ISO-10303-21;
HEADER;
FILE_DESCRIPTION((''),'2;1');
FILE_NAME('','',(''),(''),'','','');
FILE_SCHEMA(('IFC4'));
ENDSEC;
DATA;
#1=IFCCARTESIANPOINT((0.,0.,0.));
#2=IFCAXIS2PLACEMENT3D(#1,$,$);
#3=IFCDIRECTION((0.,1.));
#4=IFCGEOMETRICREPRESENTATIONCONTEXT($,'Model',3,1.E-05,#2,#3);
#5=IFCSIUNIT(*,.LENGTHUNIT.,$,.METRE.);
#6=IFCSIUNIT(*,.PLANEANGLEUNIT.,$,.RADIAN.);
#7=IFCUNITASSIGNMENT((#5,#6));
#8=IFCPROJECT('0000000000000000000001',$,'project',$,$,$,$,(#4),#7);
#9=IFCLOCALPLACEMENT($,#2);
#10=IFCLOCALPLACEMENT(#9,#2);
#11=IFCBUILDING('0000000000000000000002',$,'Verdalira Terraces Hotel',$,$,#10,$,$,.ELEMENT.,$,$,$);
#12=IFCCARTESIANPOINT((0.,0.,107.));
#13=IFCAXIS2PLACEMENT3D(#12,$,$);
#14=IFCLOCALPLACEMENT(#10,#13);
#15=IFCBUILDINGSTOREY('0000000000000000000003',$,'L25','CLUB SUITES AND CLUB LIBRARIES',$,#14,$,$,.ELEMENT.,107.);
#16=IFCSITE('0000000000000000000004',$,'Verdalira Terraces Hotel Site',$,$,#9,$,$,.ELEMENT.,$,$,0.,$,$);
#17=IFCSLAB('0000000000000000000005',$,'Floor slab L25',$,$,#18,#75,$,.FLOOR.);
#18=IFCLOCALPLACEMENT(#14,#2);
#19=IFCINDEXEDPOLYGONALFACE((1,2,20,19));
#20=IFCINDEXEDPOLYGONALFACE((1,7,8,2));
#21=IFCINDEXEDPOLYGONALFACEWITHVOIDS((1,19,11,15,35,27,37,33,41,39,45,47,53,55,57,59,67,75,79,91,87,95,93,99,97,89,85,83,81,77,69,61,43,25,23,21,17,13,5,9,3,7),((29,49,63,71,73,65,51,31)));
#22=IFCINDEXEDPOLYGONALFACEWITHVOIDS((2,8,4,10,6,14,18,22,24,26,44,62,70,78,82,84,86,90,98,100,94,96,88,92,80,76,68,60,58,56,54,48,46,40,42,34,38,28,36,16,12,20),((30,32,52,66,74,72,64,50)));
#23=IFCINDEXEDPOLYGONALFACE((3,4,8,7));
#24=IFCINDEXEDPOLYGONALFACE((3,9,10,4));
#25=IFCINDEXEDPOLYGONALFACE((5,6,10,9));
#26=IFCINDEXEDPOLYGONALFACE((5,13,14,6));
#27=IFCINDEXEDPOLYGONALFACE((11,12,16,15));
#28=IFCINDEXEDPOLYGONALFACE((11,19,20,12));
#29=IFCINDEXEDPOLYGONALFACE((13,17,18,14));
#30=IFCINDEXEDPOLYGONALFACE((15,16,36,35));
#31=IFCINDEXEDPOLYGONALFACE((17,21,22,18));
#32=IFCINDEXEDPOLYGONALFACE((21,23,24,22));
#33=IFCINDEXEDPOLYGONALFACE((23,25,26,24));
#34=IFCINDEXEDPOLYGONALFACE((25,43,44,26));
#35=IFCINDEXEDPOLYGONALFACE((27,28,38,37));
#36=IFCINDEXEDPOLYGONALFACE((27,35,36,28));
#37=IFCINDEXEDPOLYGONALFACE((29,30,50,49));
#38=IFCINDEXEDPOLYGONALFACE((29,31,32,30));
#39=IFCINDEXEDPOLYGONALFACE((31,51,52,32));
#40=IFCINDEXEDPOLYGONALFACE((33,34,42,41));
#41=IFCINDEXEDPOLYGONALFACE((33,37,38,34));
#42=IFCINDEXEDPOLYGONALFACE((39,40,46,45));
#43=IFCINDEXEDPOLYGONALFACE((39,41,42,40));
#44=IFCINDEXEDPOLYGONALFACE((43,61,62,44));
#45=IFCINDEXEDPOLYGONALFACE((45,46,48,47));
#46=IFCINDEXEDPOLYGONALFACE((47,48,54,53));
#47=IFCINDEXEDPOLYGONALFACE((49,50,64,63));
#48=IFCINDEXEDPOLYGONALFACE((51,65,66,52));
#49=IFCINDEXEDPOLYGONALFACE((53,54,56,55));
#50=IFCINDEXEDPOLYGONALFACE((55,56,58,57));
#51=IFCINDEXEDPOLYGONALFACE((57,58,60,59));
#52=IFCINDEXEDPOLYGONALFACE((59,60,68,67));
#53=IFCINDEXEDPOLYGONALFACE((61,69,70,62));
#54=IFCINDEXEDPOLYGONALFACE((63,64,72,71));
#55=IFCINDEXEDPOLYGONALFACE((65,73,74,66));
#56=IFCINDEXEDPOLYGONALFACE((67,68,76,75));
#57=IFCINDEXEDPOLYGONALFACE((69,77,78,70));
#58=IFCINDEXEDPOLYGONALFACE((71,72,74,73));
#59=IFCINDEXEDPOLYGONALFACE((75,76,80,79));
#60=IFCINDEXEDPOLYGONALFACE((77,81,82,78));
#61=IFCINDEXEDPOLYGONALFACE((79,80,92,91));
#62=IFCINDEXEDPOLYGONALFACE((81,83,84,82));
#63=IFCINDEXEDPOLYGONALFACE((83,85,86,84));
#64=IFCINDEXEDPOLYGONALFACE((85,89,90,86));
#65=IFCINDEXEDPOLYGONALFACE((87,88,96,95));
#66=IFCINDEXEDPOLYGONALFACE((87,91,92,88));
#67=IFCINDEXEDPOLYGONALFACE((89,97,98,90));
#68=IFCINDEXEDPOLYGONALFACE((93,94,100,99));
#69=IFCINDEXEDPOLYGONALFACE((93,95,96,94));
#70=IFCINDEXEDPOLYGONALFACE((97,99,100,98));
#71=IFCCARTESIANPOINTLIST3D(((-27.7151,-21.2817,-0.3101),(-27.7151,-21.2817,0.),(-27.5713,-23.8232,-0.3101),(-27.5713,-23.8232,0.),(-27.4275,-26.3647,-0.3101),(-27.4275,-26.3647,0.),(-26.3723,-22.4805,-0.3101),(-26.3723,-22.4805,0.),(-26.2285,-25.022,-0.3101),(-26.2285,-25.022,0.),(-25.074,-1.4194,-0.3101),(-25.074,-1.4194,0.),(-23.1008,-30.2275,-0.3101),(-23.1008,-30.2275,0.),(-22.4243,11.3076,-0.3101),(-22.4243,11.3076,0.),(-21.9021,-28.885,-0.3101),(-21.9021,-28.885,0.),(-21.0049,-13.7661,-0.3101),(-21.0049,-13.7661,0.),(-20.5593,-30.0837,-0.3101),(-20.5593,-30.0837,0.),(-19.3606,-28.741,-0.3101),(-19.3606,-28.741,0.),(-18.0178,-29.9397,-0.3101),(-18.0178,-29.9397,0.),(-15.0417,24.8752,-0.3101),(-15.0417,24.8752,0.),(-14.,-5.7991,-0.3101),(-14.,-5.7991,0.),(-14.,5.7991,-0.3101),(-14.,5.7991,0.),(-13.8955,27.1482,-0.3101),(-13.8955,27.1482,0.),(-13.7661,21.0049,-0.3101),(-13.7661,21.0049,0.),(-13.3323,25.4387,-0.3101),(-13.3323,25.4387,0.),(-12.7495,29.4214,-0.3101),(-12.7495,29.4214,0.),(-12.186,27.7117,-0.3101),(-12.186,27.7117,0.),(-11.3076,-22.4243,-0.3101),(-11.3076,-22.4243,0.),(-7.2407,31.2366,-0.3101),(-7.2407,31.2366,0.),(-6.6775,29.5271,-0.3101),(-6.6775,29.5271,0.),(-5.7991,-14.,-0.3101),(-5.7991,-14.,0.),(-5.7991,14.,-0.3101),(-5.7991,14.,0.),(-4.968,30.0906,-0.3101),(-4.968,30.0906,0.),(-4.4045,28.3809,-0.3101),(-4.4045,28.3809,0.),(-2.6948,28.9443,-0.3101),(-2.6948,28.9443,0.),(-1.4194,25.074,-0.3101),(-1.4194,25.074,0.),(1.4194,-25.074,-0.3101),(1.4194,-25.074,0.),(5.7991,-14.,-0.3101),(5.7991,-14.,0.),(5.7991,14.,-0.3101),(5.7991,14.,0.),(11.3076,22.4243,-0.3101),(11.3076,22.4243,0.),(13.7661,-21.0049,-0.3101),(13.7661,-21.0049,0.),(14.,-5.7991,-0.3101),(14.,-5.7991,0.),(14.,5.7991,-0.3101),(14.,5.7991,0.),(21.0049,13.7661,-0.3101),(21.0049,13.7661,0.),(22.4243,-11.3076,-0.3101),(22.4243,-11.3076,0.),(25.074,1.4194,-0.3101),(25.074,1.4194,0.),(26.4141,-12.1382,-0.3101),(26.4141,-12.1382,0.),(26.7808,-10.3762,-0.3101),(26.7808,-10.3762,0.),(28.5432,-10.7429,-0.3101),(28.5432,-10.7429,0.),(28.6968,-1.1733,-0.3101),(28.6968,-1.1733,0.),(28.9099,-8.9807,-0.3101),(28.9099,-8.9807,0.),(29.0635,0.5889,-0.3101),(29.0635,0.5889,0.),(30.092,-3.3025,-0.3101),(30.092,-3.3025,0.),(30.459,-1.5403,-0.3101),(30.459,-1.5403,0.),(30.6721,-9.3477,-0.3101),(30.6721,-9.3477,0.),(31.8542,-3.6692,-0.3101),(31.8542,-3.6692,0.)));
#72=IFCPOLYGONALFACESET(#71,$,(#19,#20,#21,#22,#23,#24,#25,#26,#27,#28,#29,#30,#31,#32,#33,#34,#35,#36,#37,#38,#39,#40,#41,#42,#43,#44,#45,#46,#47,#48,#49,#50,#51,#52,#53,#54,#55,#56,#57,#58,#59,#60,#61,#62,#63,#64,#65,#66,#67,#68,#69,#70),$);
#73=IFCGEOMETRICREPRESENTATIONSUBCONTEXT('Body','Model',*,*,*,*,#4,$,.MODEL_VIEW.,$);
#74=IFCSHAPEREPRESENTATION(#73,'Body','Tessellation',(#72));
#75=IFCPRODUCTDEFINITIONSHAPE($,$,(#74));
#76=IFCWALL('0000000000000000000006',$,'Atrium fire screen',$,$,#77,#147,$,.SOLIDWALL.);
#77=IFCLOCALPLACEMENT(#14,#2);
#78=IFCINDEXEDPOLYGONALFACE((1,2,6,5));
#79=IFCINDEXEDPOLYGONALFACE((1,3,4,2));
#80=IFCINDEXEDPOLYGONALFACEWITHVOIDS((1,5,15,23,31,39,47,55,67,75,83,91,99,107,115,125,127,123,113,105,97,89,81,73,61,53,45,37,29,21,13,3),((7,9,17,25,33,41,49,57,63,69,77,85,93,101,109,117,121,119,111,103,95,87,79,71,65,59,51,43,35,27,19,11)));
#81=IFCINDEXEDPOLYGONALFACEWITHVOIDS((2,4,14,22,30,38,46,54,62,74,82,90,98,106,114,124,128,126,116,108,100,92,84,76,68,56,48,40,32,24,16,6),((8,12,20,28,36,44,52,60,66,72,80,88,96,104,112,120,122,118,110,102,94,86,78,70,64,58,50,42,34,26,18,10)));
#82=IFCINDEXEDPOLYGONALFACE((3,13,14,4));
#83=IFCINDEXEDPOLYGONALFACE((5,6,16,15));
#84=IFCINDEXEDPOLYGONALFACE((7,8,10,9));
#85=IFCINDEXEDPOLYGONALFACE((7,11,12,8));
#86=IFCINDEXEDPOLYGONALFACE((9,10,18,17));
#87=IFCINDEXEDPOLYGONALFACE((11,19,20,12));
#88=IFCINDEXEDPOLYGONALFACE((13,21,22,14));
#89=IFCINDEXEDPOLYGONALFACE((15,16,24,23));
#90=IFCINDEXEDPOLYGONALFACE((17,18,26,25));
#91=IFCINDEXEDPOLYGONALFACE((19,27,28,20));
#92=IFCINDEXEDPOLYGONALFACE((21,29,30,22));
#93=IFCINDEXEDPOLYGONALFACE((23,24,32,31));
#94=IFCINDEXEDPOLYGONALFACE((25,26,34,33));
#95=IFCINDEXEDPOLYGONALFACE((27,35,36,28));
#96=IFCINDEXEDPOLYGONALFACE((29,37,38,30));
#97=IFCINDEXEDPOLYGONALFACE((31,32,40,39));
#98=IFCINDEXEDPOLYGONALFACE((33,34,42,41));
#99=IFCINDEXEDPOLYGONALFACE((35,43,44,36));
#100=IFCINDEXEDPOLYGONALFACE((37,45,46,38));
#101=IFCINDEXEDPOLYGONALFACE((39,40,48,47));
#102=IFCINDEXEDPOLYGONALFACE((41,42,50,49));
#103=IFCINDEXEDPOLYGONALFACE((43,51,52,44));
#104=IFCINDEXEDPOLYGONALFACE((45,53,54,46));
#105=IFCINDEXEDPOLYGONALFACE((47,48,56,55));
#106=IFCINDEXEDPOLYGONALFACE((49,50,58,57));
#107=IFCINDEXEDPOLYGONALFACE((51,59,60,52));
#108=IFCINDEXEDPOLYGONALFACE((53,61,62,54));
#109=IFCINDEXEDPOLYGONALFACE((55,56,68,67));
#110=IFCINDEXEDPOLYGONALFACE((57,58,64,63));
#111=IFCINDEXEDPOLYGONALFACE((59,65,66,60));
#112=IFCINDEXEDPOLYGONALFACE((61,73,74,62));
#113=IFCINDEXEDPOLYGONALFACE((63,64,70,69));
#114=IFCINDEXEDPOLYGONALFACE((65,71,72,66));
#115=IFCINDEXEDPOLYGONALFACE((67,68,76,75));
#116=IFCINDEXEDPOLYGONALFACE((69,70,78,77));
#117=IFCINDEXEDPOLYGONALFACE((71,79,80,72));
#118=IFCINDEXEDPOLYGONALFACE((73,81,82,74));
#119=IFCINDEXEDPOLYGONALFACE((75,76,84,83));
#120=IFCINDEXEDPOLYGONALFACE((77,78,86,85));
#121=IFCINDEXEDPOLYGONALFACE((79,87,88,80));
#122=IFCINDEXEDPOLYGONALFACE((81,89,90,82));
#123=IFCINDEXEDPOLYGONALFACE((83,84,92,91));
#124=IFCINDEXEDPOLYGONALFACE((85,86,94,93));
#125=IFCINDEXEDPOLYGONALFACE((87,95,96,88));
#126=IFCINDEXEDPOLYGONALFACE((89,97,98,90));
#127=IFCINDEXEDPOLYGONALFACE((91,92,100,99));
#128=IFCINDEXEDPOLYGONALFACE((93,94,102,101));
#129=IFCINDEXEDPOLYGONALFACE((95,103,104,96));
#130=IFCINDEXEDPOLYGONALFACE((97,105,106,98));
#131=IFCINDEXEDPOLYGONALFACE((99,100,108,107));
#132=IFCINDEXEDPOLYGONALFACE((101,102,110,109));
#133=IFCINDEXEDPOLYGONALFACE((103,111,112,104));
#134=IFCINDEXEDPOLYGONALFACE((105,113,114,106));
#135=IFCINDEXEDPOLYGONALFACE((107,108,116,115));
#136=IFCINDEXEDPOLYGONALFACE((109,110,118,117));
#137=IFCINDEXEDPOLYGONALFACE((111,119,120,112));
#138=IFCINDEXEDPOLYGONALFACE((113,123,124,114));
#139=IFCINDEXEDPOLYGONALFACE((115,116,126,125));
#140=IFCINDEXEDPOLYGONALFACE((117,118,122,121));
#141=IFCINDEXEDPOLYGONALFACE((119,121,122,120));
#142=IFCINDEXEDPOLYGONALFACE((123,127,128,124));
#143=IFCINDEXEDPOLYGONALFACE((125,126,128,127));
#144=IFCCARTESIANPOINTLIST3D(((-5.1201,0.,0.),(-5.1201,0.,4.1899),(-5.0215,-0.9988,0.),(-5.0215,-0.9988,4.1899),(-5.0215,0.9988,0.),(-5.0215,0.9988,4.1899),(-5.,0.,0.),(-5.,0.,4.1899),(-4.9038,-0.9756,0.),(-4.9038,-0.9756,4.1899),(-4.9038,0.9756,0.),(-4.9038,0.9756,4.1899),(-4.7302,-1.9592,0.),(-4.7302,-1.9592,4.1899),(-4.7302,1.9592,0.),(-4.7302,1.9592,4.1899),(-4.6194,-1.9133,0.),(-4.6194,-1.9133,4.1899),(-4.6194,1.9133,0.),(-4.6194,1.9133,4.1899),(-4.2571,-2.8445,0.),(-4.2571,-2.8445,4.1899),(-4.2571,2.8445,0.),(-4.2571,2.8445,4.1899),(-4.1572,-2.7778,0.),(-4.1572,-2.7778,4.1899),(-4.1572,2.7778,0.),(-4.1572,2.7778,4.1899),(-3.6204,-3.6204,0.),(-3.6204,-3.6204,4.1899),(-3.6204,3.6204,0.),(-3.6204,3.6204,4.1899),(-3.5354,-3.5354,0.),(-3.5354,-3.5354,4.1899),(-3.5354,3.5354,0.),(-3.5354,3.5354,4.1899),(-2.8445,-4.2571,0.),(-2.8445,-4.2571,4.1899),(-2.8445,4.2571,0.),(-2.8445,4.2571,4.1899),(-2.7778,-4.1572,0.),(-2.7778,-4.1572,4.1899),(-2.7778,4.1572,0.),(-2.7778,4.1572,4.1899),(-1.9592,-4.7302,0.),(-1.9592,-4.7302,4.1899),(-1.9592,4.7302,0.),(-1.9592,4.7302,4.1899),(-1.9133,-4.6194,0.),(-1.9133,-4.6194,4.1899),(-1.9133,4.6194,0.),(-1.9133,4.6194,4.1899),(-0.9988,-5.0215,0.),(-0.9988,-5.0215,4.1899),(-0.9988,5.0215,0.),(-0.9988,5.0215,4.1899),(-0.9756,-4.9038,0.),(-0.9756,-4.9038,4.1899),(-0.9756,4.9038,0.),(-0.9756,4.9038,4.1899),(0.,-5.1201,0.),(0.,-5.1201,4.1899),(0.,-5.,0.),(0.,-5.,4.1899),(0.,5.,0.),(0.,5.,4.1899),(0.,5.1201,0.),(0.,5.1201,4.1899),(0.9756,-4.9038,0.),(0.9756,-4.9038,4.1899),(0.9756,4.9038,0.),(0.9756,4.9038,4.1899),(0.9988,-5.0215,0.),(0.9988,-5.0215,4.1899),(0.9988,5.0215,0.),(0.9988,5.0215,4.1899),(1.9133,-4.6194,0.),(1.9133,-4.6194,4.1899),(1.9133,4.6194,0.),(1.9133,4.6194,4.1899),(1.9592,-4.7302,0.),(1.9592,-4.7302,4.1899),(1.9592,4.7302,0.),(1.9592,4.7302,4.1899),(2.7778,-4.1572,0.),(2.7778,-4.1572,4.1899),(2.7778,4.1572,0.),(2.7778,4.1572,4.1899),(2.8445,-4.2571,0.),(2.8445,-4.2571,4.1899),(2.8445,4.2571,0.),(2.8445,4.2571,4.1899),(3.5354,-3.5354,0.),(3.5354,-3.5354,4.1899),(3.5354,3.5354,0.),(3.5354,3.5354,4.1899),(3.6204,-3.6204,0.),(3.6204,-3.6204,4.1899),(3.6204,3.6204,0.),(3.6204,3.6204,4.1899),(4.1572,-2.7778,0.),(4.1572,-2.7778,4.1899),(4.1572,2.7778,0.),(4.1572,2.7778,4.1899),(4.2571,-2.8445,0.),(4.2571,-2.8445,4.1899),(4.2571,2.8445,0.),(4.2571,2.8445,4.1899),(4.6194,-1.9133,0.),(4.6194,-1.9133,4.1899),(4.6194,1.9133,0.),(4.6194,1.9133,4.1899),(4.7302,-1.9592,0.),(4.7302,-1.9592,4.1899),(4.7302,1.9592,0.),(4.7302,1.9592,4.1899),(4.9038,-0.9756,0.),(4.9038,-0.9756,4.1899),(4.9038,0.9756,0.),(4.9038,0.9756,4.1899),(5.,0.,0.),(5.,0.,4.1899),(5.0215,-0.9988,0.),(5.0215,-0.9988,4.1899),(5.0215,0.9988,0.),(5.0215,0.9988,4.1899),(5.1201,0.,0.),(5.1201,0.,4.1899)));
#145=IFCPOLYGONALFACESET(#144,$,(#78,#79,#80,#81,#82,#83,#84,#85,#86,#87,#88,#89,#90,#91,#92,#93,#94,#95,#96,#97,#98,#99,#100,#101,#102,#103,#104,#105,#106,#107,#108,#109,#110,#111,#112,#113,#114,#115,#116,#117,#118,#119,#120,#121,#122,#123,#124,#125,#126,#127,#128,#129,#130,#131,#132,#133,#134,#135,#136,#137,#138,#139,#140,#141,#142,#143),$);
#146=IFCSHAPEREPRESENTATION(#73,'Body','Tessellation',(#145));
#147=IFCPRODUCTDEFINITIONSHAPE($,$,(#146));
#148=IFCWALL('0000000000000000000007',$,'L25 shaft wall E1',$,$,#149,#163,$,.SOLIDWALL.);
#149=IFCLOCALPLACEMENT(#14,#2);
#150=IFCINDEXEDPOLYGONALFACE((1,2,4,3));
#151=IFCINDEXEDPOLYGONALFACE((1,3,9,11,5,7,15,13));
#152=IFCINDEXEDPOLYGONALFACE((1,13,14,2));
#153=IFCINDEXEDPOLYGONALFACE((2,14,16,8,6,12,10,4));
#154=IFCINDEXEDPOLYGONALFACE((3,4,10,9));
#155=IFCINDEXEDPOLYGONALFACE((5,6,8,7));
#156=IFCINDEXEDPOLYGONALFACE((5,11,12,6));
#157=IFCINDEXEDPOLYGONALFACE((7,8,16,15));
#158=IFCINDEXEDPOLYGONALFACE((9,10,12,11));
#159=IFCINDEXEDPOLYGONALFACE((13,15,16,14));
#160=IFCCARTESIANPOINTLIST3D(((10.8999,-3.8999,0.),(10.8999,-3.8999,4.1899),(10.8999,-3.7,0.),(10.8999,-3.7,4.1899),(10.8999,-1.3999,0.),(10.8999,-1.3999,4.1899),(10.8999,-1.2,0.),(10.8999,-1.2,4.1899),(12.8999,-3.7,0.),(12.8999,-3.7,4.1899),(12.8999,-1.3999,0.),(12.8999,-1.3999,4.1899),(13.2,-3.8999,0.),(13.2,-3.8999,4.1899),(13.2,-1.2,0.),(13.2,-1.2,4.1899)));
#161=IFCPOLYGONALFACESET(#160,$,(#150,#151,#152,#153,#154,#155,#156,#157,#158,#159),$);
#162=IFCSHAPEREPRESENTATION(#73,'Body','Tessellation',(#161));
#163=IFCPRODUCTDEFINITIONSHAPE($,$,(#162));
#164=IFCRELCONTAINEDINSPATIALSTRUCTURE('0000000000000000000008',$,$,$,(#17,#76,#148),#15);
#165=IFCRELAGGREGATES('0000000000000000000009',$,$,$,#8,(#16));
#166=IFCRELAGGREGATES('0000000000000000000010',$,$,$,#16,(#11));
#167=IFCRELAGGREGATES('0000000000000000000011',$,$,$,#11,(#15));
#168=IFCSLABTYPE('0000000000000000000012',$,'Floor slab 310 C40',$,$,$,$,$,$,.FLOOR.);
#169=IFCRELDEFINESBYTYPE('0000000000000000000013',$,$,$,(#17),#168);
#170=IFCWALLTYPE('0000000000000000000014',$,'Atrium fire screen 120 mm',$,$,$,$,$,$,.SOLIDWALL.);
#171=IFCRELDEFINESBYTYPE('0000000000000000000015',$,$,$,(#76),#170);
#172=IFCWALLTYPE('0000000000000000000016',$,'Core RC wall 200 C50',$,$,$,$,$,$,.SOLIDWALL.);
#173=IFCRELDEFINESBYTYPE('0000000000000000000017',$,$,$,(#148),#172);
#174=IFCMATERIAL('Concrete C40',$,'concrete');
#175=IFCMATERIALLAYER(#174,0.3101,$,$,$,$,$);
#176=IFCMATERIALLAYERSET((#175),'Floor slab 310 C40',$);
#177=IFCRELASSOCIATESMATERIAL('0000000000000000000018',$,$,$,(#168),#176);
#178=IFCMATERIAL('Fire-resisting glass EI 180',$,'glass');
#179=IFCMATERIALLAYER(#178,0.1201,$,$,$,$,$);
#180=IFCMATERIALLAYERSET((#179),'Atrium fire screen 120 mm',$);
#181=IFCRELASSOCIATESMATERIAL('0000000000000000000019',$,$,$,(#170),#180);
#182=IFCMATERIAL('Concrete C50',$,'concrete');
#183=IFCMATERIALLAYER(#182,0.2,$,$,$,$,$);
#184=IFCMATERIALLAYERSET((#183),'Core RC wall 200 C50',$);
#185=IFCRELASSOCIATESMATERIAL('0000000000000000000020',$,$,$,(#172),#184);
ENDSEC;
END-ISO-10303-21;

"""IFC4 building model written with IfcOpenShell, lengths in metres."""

from ifc_helpers import new_model, si_unit, direction, frame, origin, place, context, subcontext, project, spatial, polyline, outline, extrude, material, layer, layer_set, type_object, element, save


model = new_model("IFC4")

# Units and contexts
model_context = context("Model", 3, precision=1e-05, world=origin(), true_north=direction((0.0, 1.0)))
body_context = subcontext(model_context, "Body", "Model", "MODEL_VIEW")
ifc_project = project(units=[si_unit("LENGTHUNIT", "METRE"), si_unit("PLANEANGLEUNIT", "RADIAN")], contexts=[model_context])

# Site, building, storey
site_placement = place(None, origin())
site = spatial("IfcSite", under=ifc_project, at=site_placement, Name="Verdalira Terraces Hotel Site", CompositionType="ELEMENT", RefElevation=0.0)
building_placement = place(site_placement, origin())
building = spatial("IfcBuilding", under=site, at=building_placement, Name="Verdalira Terraces Hotel", CompositionType="ELEMENT")
storey_placement = place(building_placement, frame((0.0, 0.0, 107.0)))
storey = spatial("IfcBuildingStorey", under=building, at=storey_placement, Name="L25", Description="CLUB SUITES AND CLUB LIBRARIES", CompositionType="ELEMENT", Elevation=107.0)

# Slab
ifc_material_1 = material(Name="Concrete C40", Category="concrete")
ifc_layer_1 = layer(ifc_material_1, 0.3101)
ifc_layer_set_1 = layer_set([ifc_layer_1], Name="Floor slab 310 C40")
slab_type_1 = type_object("IfcSlabType", Name="Floor slab 310 C40", PredefinedType="FLOOR", material=ifc_layer_set_1)
slab_1_placement = place(storey_placement, frame((0.0, 0.0, -0.3101)))
element("IfcSlab", 1, at=slab_1_placement, inside=storey, type_object=slab_type_1, Name="Floor slab L25", PredefinedType="FLOOR", context=body_context, shape_type="SweptSolid", body=[
    extrude(outline(polyline([(11.3076, 22.4243), (-1.4194, 25.074), (-2.6948, 28.9443), (-4.4045, 28.3809), (-4.968, 30.0906), (-6.6775, 29.5271), (-7.2407, 31.2366), (-12.7495, 29.4214), (-12.186, 27.7117), (-13.8955, 27.1482), (-13.3323, 25.4387), (-15.0417, 24.8752), (-13.7661, 21.0049), (-22.4243, 11.3076), (-25.074, -1.4194), (-21.0049, -13.7661), (-27.7151, -21.2817), (-26.3723, -22.4805), (-27.5713, -23.8232), (-26.2285, -25.022), (-27.4275, -26.3647), (-23.1008, -30.2275), (-21.9021, -28.885), (-20.5593, -30.0837), (-19.3606, -28.741), (-18.0178, -29.9397), (-11.3076, -22.4243), (1.4194, -25.074), (13.7661, -21.0049), (22.4243, -11.3076), (26.4141, -12.1382), (26.7808, -10.3762), (28.5432, -10.7429), (28.9099, -8.9807), (30.6721, -9.3477), (31.8542, -3.6692), (30.092, -3.3025), (30.459, -1.5403), (28.6968, -1.1733), (29.0635, 0.5889), (25.074, 1.4194), (21.0049, 13.7661), (11.3076, 22.4243)]), holes=[polyline([(5.7991, 14.0), (14.0, 5.7991), (14.0, -5.7991), (5.7991, -14.0), (-5.7991, -14.0), (-14.0, -5.7991), (-14.0, 5.7991), (-5.7991, 14.0), (5.7991, 14.0)])]), origin(), (0.0, 0.0, 1.0), 0.3101),
])

# Walls
ifc_material_2 = material(Name="Fire-resisting glass EI 180", Category="glass")
ifc_layer_2 = layer(ifc_material_2, 0.1201)
ifc_layer_set_2 = layer_set([ifc_layer_2], Name="Atrium fire screen 120 mm")
wall_type_1 = type_object("IfcWallType", Name="Atrium fire screen 120 mm", PredefinedType="SOLIDWALL", material=ifc_layer_set_2)
wall_1_placement = place(storey_placement, origin())
element("IfcWall", 2, at=wall_1_placement, inside=storey, type_object=wall_type_1, Name="Atrium fire screen", PredefinedType="SOLIDWALL", context=body_context, shape_type="SweptSolid", body=[
    extrude(outline(polyline([(5.0215, -0.9988), (4.7302, -1.9592), (4.2571, -2.8445), (3.6204, -3.6204), (2.8445, -4.2571), (1.9592, -4.7302), (0.9988, -5.0215), (0.0, -5.1201), (-0.9988, -5.0215), (-1.9592, -4.7302), (-2.8445, -4.2571), (-3.6204, -3.6204), (-4.2571, -2.8445), (-4.7302, -1.9592), (-5.0215, -0.9988), (-5.1201, 0.0), (-5.0215, 0.9988), (-4.7302, 1.9592), (-4.2571, 2.8445), (-3.6204, 3.6204), (-2.8445, 4.2571), (-1.9592, 4.7302), (-0.9988, 5.0215), (0.0, 5.1201), (0.9988, 5.0215), (1.9592, 4.7302), (2.8445, 4.2571), (3.6204, 3.6204), (4.2571, 2.8445), (4.7302, 1.9592), (5.0215, 0.9988), (5.1201, 0.0), (5.0215, -0.9988)]), holes=[polyline([(4.9038, 0.9756), (4.6194, 1.9133), (4.1572, 2.7778), (3.5354, 3.5354), (2.7778, 4.1572), (1.9133, 4.6194), (0.9756, 4.9038), (0.0, 5.0), (-0.9756, 4.9038), (-1.9133, 4.6194), (-2.7778, 4.1572), (-3.5354, 3.5354), (-4.1572, 2.7778), (-4.6194, 1.9133), (-4.9038, 0.9756), (-5.0, 0.0), (-4.9038, -0.9756), (-4.6194, -1.9133), (-4.1572, -2.7778), (-3.5354, -3.5354), (-2.7778, -4.1572), (-1.9133, -4.6194), (-0.9756, -4.9038), (0.0, -5.0), (0.9756, -4.9038), (1.9133, -4.6194), (2.7778, -4.1572), (3.5354, -3.5354), (4.1572, -2.7778), (4.6194, -1.9133), (4.9038, -0.9756), (5.0, 0.0), (4.9038, 0.9756)])]), origin(), (0.0, 0.0, 1.0), 4.1899),
])
ifc_material_3 = material(Name="Concrete C50", Category="concrete")
ifc_layer_3 = layer(ifc_material_3, 0.2)
ifc_layer_set_3 = layer_set([ifc_layer_3], Name="Core RC wall 200 C50")
wall_type_2 = type_object("IfcWallType", Name="Core RC wall 200 C50", PredefinedType="SOLIDWALL", material=ifc_layer_set_3)
wall_2_placement = place(storey_placement, origin())
element("IfcWall", 3, at=wall_2_placement, inside=storey, type_object=wall_type_2, Name="L25 shaft wall E1", PredefinedType="SOLIDWALL", context=body_context, shape_type="SweptSolid", body=[
    extrude(outline(polyline([(13.2, -3.8999), (10.8999, -3.8999), (10.8999, -3.7), (12.8999, -3.7), (12.8999, -1.3999), (10.8999, -1.3999), (10.8999, -1.2), (13.2, -1.2), (13.2, -3.8999)])), origin(), (0.0, 0.0, 1.0), 4.1899),
])

save(model, "model.ifc")
